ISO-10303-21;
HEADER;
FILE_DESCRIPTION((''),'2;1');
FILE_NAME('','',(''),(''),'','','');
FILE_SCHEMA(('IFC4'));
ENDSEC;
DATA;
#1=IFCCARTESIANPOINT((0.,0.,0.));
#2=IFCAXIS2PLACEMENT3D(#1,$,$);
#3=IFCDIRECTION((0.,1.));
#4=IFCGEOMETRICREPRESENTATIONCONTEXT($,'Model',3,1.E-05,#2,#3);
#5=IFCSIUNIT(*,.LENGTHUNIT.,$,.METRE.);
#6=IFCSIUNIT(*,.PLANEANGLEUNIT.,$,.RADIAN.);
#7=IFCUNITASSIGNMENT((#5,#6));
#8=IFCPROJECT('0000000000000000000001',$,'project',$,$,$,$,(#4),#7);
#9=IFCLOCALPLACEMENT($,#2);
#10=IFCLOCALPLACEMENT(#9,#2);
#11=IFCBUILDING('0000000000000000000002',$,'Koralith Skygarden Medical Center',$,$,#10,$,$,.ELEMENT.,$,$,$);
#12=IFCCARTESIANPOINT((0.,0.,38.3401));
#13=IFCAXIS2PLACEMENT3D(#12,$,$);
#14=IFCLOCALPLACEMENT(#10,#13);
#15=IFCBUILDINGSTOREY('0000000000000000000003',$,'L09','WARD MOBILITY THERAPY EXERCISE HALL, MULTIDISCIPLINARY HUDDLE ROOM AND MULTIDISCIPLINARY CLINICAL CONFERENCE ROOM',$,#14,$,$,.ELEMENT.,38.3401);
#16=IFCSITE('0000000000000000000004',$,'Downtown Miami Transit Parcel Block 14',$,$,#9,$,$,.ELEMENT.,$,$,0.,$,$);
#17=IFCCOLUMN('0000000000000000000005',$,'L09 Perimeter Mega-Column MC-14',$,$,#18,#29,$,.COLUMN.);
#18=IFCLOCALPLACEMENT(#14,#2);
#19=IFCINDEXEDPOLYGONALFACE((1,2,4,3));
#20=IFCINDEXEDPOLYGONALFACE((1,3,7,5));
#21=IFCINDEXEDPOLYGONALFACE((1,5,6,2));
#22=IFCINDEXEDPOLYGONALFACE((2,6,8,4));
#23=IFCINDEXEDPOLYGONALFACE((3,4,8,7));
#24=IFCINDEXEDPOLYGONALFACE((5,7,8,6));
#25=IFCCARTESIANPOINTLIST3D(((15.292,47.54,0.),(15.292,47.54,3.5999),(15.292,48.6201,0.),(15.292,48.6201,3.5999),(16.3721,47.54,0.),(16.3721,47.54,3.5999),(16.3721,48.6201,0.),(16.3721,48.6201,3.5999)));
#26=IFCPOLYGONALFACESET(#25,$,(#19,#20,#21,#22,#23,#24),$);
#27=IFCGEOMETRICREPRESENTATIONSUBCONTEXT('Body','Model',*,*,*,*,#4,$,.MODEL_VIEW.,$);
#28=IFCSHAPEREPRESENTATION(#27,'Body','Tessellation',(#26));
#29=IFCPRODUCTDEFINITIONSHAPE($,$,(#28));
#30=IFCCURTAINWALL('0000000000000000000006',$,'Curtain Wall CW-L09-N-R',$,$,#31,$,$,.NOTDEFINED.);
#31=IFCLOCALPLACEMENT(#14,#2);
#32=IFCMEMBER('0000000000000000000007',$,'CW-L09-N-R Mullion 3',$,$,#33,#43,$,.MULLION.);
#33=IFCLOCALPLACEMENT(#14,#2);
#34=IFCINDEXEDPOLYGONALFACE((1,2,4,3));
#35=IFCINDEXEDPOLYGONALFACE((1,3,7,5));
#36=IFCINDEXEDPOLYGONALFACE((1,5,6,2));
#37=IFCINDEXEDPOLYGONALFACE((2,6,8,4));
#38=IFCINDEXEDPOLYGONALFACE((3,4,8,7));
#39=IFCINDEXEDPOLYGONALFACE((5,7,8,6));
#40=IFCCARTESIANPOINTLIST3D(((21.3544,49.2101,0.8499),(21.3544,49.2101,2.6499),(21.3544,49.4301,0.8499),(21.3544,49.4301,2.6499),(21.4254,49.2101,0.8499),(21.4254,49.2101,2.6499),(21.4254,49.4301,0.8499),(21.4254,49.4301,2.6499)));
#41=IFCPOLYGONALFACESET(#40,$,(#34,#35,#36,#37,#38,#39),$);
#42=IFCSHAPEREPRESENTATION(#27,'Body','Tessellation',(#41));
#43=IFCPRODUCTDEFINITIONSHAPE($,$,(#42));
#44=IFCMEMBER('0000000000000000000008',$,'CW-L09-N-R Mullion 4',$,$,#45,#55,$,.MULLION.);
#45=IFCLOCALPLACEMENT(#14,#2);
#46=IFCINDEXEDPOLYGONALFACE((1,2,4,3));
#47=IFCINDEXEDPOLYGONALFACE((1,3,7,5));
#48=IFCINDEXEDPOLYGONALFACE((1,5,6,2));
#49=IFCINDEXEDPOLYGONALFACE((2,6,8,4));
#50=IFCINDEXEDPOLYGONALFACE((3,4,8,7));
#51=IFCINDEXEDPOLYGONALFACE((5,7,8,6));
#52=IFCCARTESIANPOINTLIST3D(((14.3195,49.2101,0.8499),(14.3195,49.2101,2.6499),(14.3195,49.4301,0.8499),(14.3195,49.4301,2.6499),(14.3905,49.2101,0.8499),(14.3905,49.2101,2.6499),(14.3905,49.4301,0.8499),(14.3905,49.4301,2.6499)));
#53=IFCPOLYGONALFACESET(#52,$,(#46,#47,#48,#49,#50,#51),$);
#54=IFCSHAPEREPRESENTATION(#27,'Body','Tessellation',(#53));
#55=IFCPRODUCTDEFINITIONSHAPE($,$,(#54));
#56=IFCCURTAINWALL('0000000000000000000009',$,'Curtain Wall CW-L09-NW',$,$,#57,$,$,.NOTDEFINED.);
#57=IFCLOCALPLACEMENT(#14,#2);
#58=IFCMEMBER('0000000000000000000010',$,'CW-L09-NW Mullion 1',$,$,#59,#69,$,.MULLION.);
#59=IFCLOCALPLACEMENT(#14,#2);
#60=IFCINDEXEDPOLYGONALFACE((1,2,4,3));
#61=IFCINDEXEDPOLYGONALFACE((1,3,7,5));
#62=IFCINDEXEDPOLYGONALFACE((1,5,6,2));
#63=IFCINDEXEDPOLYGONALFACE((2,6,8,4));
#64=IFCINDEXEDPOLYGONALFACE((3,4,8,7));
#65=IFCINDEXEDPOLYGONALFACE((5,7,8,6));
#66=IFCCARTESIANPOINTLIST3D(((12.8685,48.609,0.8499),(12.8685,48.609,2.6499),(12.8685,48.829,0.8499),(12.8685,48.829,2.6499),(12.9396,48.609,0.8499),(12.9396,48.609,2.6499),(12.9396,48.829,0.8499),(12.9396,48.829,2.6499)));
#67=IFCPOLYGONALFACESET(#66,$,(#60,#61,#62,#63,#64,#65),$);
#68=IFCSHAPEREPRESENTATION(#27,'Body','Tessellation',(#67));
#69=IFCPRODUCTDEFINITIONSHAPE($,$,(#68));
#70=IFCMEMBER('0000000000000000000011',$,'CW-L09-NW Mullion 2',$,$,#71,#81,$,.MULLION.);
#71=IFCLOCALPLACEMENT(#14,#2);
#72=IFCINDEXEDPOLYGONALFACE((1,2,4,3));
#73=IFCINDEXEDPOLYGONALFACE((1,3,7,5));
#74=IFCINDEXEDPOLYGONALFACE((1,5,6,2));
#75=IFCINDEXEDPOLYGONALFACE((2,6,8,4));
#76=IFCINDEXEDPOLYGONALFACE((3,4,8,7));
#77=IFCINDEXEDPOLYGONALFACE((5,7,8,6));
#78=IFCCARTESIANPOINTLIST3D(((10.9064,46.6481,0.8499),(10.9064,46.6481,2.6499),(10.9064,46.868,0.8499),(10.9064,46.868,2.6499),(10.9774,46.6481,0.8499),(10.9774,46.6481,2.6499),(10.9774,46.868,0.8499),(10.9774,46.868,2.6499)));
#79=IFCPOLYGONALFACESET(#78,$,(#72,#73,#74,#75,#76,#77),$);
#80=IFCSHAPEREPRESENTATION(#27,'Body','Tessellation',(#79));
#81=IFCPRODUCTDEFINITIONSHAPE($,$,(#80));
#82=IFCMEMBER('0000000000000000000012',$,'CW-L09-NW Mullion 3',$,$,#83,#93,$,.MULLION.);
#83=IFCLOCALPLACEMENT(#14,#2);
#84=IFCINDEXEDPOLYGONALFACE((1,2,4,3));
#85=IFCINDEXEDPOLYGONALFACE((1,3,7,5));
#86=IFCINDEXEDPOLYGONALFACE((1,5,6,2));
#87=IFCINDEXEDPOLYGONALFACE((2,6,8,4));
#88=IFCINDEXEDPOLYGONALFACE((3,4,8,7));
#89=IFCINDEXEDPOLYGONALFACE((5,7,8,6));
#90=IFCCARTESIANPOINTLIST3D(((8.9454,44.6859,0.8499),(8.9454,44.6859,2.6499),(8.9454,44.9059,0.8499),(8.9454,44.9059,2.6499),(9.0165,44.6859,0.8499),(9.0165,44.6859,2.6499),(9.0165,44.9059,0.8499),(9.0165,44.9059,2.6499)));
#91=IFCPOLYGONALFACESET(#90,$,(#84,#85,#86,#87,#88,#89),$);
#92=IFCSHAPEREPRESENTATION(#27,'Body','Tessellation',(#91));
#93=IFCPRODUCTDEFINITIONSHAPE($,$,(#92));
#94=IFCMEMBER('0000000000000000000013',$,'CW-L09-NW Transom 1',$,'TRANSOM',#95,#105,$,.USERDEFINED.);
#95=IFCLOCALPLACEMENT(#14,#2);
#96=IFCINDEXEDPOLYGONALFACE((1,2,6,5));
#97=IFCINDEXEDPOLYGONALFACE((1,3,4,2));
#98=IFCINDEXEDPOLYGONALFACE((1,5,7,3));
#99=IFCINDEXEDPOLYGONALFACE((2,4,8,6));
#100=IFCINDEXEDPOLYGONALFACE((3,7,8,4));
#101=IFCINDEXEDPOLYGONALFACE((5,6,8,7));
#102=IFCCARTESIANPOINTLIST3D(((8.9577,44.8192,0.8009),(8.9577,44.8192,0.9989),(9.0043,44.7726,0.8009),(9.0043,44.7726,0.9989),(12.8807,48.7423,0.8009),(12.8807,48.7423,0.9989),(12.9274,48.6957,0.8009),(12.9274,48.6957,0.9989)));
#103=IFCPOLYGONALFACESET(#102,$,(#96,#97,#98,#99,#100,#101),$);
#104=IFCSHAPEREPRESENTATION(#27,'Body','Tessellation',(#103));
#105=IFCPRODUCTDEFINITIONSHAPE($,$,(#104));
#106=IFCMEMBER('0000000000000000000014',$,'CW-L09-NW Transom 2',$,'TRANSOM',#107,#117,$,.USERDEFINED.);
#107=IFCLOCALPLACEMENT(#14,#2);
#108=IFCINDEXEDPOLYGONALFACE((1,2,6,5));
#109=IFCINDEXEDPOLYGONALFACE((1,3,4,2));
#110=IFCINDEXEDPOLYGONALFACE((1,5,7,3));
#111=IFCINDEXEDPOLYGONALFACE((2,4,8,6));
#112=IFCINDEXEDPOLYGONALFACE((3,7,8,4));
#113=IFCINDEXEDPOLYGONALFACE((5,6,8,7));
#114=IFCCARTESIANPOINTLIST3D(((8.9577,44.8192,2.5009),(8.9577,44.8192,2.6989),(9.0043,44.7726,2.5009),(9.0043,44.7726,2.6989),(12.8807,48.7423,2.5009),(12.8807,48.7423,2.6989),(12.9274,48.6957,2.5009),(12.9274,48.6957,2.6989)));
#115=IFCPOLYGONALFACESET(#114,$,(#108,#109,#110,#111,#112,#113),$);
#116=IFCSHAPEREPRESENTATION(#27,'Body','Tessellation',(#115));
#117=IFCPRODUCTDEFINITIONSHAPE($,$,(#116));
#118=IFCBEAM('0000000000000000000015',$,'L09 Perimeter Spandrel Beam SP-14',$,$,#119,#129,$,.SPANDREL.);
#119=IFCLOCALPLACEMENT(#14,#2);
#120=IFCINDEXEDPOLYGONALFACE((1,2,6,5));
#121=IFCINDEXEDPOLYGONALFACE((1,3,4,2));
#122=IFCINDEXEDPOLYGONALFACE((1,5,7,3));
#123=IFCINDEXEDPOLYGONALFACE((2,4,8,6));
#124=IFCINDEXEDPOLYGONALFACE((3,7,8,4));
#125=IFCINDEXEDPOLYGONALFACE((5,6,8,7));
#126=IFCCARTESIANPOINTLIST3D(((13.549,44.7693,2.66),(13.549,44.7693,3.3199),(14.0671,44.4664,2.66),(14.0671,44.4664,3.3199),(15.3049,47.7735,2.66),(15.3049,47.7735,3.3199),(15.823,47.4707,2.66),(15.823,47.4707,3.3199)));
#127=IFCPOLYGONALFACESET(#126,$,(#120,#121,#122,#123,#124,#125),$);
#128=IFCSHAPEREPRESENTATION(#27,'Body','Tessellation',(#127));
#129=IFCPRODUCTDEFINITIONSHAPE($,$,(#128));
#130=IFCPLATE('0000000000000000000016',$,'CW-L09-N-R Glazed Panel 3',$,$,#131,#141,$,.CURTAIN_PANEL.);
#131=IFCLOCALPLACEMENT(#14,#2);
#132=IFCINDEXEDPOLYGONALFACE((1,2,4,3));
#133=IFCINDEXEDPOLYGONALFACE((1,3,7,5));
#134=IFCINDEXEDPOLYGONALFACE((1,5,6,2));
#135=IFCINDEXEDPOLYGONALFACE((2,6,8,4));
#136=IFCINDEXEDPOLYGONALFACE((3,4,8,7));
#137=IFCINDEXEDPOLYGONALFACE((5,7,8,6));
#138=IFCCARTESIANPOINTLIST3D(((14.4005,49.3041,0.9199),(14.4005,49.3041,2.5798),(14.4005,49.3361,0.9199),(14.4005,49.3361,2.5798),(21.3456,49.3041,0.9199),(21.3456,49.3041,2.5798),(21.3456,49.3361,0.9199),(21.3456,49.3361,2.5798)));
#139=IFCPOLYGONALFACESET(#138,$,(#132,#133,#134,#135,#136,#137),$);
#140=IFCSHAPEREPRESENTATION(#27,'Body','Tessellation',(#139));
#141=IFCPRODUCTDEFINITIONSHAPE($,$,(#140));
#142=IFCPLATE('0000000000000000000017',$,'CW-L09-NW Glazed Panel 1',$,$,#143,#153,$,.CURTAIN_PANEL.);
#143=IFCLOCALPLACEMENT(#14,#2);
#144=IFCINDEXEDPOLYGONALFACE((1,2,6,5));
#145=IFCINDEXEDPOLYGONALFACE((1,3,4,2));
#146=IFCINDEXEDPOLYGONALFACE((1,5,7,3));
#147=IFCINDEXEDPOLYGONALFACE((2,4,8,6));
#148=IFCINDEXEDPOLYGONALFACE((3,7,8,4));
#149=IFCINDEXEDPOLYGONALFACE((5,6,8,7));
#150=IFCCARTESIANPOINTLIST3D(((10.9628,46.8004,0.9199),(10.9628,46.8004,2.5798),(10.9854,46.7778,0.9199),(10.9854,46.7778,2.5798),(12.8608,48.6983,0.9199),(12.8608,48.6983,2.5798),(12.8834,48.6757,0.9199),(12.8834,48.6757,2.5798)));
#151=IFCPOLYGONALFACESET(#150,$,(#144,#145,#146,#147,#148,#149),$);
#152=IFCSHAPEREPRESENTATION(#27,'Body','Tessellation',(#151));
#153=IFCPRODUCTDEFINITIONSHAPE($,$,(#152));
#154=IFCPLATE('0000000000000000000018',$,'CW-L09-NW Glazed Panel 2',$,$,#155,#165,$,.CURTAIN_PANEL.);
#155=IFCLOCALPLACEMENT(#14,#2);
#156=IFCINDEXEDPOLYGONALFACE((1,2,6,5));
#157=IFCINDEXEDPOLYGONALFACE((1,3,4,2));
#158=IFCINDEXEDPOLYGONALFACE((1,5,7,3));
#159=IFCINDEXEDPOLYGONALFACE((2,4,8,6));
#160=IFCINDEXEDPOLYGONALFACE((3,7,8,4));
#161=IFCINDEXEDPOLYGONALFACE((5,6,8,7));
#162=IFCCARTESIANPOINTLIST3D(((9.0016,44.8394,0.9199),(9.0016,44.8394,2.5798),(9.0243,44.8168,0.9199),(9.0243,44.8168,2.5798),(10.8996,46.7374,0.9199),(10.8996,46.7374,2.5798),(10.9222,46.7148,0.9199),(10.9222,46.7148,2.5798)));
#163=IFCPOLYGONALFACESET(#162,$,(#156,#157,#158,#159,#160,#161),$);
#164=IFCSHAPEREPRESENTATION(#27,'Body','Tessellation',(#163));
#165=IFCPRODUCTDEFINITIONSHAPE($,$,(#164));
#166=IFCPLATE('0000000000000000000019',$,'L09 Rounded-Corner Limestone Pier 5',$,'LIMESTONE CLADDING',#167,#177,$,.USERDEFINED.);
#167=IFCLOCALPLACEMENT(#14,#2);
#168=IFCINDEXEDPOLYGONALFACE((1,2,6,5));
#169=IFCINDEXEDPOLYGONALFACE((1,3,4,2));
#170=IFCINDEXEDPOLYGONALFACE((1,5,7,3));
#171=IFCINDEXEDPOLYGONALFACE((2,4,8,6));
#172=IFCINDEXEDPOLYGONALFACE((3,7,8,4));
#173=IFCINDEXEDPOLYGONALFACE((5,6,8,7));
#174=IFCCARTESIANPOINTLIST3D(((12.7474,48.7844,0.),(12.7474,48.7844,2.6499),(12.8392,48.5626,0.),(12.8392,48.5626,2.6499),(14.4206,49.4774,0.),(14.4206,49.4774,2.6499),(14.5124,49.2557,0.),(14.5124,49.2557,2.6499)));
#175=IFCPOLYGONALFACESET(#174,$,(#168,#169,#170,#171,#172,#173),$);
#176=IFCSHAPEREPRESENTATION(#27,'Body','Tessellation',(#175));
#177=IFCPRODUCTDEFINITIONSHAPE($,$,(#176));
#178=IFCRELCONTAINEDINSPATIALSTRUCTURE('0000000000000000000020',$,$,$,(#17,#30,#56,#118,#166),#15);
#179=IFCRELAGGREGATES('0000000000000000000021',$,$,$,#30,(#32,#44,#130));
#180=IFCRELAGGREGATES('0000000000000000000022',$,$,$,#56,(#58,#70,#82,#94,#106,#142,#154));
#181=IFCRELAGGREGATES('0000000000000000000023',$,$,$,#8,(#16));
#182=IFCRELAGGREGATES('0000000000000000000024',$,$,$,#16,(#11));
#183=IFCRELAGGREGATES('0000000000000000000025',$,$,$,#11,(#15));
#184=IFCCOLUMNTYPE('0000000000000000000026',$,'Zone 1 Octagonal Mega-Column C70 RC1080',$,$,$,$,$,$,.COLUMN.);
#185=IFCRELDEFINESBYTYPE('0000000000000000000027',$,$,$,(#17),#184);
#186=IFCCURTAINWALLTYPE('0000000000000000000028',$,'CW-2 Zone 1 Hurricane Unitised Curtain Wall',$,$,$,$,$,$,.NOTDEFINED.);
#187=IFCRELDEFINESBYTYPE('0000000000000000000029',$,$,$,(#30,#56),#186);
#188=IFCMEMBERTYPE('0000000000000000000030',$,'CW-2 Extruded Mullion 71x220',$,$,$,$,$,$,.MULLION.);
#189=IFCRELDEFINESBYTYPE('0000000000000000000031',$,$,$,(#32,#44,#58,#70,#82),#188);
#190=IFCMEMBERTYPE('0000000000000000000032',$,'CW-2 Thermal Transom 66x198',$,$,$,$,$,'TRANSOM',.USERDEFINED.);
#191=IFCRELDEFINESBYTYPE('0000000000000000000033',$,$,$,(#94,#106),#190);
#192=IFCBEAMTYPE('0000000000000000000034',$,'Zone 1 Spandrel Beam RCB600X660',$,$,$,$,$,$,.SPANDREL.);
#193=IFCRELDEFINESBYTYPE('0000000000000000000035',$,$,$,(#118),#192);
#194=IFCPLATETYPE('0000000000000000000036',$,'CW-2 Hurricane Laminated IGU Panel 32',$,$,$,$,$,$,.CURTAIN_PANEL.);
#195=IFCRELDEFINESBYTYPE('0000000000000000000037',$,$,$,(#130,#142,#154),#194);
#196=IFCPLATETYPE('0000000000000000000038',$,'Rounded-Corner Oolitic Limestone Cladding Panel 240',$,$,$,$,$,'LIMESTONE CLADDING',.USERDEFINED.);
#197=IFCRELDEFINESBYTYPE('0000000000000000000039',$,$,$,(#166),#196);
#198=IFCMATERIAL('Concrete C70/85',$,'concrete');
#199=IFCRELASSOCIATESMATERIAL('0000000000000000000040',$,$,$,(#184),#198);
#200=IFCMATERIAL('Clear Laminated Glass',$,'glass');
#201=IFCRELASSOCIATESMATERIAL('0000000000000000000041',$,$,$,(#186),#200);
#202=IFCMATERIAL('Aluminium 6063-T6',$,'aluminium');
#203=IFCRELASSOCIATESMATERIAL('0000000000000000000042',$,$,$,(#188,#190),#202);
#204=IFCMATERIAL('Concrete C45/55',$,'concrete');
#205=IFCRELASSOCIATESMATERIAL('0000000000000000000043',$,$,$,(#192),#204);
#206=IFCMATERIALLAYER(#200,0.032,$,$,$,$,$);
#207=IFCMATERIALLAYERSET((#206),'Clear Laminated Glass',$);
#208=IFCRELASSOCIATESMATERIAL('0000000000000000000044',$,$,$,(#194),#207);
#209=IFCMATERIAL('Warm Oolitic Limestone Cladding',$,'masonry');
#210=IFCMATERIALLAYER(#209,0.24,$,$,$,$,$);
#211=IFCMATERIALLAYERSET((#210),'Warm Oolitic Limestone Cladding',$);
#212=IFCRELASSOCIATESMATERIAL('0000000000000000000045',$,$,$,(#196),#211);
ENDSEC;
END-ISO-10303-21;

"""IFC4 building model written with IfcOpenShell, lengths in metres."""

from ifc_helpers import new_model, si_unit, direction, frame, origin, origin_2d, place, context, subcontext, project, spatial, rectangle, extrude, material, layer, layer_set, material_profile, profile_set, type_object, element, aggregate, save


model = new_model("IFC4")

# Units and contexts
model_context = context("Model", 3, precision=1e-05, world=origin(), true_north=direction((0.0, 1.0)))
body_context = subcontext(model_context, "Body", "Model", "MODEL_VIEW")
ifc_project = project(units=[si_unit("LENGTHUNIT", "METRE"), si_unit("PLANEANGLEUNIT", "RADIAN")], contexts=[model_context])

# Site, building, storey
site_placement = place(None, origin())
site = spatial("IfcSite", under=ifc_project, at=site_placement, Name="Downtown Miami Transit Parcel Block 14", CompositionType="ELEMENT", RefElevation=0.0)
building_placement = place(site_placement, origin())
building = spatial("IfcBuilding", under=site, at=building_placement, Name="Koralith Skygarden Medical Center", CompositionType="ELEMENT")
storey_placement = place(building_placement, frame((0.0, 0.0, 38.3401)))
storey = spatial("IfcBuildingStorey", under=building, at=storey_placement, Name="L09", Description="WARD MOBILITY THERAPY EXERCISE HALL, MULTIDISCIPLINARY HUDDLE ROOM AND MULTIDISCIPLINARY CLINICAL CONFERENCE ROOM", CompositionType="ELEMENT", Elevation=38.3401)

# Column
ifc_material_1 = material(Name="Concrete C70/85", Category="concrete")
ifc_material_profile_1 = material_profile(ifc_material_1, rectangle(XDim=1.0801, YDim=1.0801, at=origin_2d()), Name="RC1080X1080")
ifc_profile_set_1 = profile_set([ifc_material_profile_1], Name="Concrete C70/85")
column_type = type_object("IfcColumnType", Name="Zone 1 Octagonal Mega-Column C70 RC1080", PredefinedType="COLUMN", material=ifc_profile_set_1)
column_placement = place(storey_placement, frame((15.832, 48.0801, 0.0), z_axis=(0.0, 0.0, 1.0), x_axis=(1.0, 0.0, 0.0)))
element("IfcColumn", 1, at=column_placement, inside=storey, type_object=column_type, Name="L09 Perimeter Mega-Column MC-14", PredefinedType="COLUMN", context=body_context, shape_type="SweptSolid", body=[
    extrude(rectangle(XDim=1.0801, YDim=1.0801, at=origin_2d()), origin(), (0.0, 0.0, 1.0), 3.5999),
])

# Curtain walls, members
ifc_material_2 = material(Name="Clear Laminated Glass", Category="glass")
curtain_wall_type = type_object("IfcCurtainWallType", Name="CW-2 Zone 1 Hurricane Unitised Curtain Wall", PredefinedType="NOTDEFINED", material=ifc_material_2)
curtain_wall_1_placement = place(storey_placement, origin())
curtain_wall_1 = element("IfcCurtainWall", 2, at=curtain_wall_1_placement, inside=storey, type_object=curtain_wall_type, Name="Curtain Wall CW-L09-N-R", PredefinedType="NOTDEFINED")
ifc_material_3 = material(Name="Aluminium 6063-T6", Category="aluminium")
ifc_material_profile_2 = material_profile(ifc_material_3, rectangle(XDim=0.071, YDim=0.22, at=origin_2d()), Name="MUL71X220")
ifc_profile_set_2 = profile_set([ifc_material_profile_2], Name="Aluminium 6063-T6")
member_type_1 = type_object("IfcMemberType", Name="CW-2 Extruded Mullion 71x220", PredefinedType="MULLION", material=ifc_profile_set_2)
member_1_placement = place(storey_placement, frame((21.3899, 49.3201, 0.8499), z_axis=(0.0, 0.0, 1.0), x_axis=(1.0, 0.0, 0.0)))
member_1 = element("IfcMember", 3, at=member_1_placement, type_object=member_type_1, Name="CW-L09-N-R Mullion 3", PredefinedType="MULLION", context=body_context, shape_type="SweptSolid", body=[
    extrude(rectangle(XDim=0.071, YDim=0.22, at=origin_2d()), origin(), (0.0, 0.0, 1.0), 1.8),
])
member_2_placement = place(storey_placement, frame((14.355, 49.3201, 0.8499), z_axis=(0.0, 0.0, 1.0), x_axis=(1.0, 0.0, 0.0)))
member_2 = element("IfcMember", 4, at=member_2_placement, type_object=member_type_1, Name="CW-L09-N-R Mullion 4", PredefinedType="MULLION", context=body_context, shape_type="SweptSolid", body=[
    extrude(rectangle(XDim=0.071, YDim=0.22, at=origin_2d()), origin(), (0.0, 0.0, 1.0), 1.8),
])
curtain_wall_2_placement = place(storey_placement, origin())
curtain_wall_2 = element("IfcCurtainWall", 5, at=curtain_wall_2_placement, inside=storey, type_object=curtain_wall_type, Name="Curtain Wall CW-L09-NW", PredefinedType="NOTDEFINED")
member_3_placement = place(storey_placement, frame((12.9041, 48.719, 0.8499), z_axis=(0.0, 0.0, 1.0), x_axis=(1.0, 0.0, 0.0)))
member_3 = element("IfcMember", 6, at=member_3_placement, type_object=member_type_1, Name="CW-L09-NW Mullion 1", PredefinedType="MULLION", context=body_context, shape_type="SweptSolid", body=[
    extrude(rectangle(XDim=0.071, YDim=0.22, at=origin_2d()), origin(), (0.0, 0.0, 1.0), 1.8),
])
member_4_placement = place(storey_placement, frame((10.9419, 46.7581, 0.8499), z_axis=(0.0, 0.0, 1.0), x_axis=(1.0, 0.0, 0.0)))
member_4 = element("IfcMember", 7, at=member_4_placement, type_object=member_type_1, Name="CW-L09-NW Mullion 2", PredefinedType="MULLION", context=body_context, shape_type="SweptSolid", body=[
    extrude(rectangle(XDim=0.071, YDim=0.22, at=origin_2d()), origin(), (0.0, 0.0, 1.0), 1.8),
])
member_5_placement = place(storey_placement, frame((8.981, 44.7959, 0.8499), z_axis=(0.0, 0.0, 1.0), x_axis=(1.0, 0.0, 0.0)))
member_5 = element("IfcMember", 8, at=member_5_placement, type_object=member_type_1, Name="CW-L09-NW Mullion 3", PredefinedType="MULLION", context=body_context, shape_type="SweptSolid", body=[
    extrude(rectangle(XDim=0.071, YDim=0.22, at=origin_2d()), origin(), (0.0, 0.0, 1.0), 1.8),
])
ifc_material_profile_3 = material_profile(ifc_material_3, rectangle(XDim=0.0659, YDim=0.198, at=origin_2d()), Name="TRN66X198")
ifc_profile_set_3 = profile_set([ifc_material_profile_3], Name="Aluminium 6063-T6")
member_type_2 = type_object("IfcMemberType", Name="CW-2 Thermal Transom 66x198", ElementType="TRANSOM", PredefinedType="USERDEFINED", material=ifc_profile_set_3)
member_6_placement = place(storey_placement, frame((12.9041, 48.719, 0.8999), z_axis=(-0.707107, -0.707107, 0.0), x_axis=(0.707107, -0.707107, 0.0)))
member_6 = element("IfcMember", 9, at=member_6_placement, type_object=member_type_2, Name="CW-L09-NW Transom 1", ObjectType="TRANSOM", PredefinedType="USERDEFINED", context=body_context, shape_type="SweptSolid", body=[
    extrude(rectangle(XDim=0.0659, YDim=0.198, at=origin_2d()), origin(), (0.0, 0.0, 1.0), 5.5481),
])
member_7_placement = place(storey_placement, frame((12.9041, 48.719, 2.5999), z_axis=(-0.707107, -0.707107, 0.0), x_axis=(0.707107, -0.707107, 0.0)))
member_7 = element("IfcMember", 10, at=member_7_placement, type_object=member_type_2, Name="CW-L09-NW Transom 2", ObjectType="TRANSOM", PredefinedType="USERDEFINED", context=body_context, shape_type="SweptSolid", body=[
    extrude(rectangle(XDim=0.0659, YDim=0.198, at=origin_2d()), origin(), (0.0, 0.0, 1.0), 5.5481),
])

# Beam
ifc_material_4 = material(Name="Concrete C45/55", Category="concrete")
ifc_material_profile_4 = material_profile(ifc_material_4, rectangle(XDim=0.6001, YDim=0.6599, at=origin_2d()), Name="RCB600X660")
ifc_profile_set_4 = profile_set([ifc_material_profile_4], Name="Concrete C45/55")
beam_type = type_object("IfcBeamType", Name="Zone 1 Spandrel Beam RCB600X660", PredefinedType="SPANDREL", material=ifc_profile_set_4)
beam_placement = place(storey_placement, frame((15.564, 47.6221, 2.99), z_axis=(-0.504608, -0.863349, 0.0), x_axis=(0.863349, -0.504608, 0.0)))
element("IfcBeam", 11, at=beam_placement, inside=storey, type_object=beam_type, Name="L09 Perimeter Spandrel Beam SP-14", PredefinedType="SPANDREL", context=body_context, shape_type="SweptSolid", body=[
    extrude(rectangle(XDim=0.6001, YDim=0.6599, at=origin_2d()), origin(), (0.0, 0.0, 1.0), 3.4797),
])

# Plates
ifc_layer_1 = layer(ifc_material_2, 0.032)
ifc_layer_set_1 = layer_set([ifc_layer_1], Name="Clear Laminated Glass")
plate_type_1 = type_object("IfcPlateType", Name="CW-2 Hurricane Laminated IGU Panel 32", PredefinedType="CURTAIN_PANEL", material=ifc_layer_set_1)
plate_1_placement = place(storey_placement, frame((17.873, 49.3201, 0.9199), z_axis=(0.0, 0.0, 1.0), x_axis=(-1.0, 0.0, 0.0)))
plate_1 = element("IfcPlate", 12, at=plate_1_placement, type_object=plate_type_1, Name="CW-L09-N-R Glazed Panel 3", PredefinedType="CURTAIN_PANEL", context=body_context, shape_type="SweptSolid", body=[
    extrude(rectangle(XDim=6.9451, YDim=0.032, at=origin_2d()), origin(), (0.0, 0.0, 1.0), 1.6599),
])
aggregate(curtain_wall_1, [member_1, member_2, plate_1])
plate_2_placement = place(storey_placement, frame((11.9231, 47.738, 0.9199), z_axis=(0.0, 0.0, 1.0), x_axis=(-0.707107, -0.707107, 0.0)))
plate_2 = element("IfcPlate", 13, at=plate_2_placement, type_object=plate_type_1, Name="CW-L09-NW Glazed Panel 1", PredefinedType="CURTAIN_PANEL", context=body_context, shape_type="SweptSolid", body=[
    extrude(rectangle(XDim=2.6841, YDim=0.032, at=origin_2d()), origin(), (0.0, 0.0, 1.0), 1.6599),
])
plate_3_placement = place(storey_placement, frame((9.9619, 45.7771, 0.9199), z_axis=(0.0, 0.0, 1.0), x_axis=(-0.707107, -0.707107, 0.0)))
plate_3 = element("IfcPlate", 14, at=plate_3_placement, type_object=plate_type_1, Name="CW-L09-NW Glazed Panel 2", PredefinedType="CURTAIN_PANEL", context=body_context, shape_type="SweptSolid", body=[
    extrude(rectangle(XDim=2.6841, YDim=0.032, at=origin_2d()), origin(), (0.0, 0.0, 1.0), 1.6599),
])
aggregate(curtain_wall_2, [member_3, member_4, member_5, member_6, member_7, plate_2, plate_3])
ifc_material_5 = material(Name="Warm Oolitic Limestone Cladding", Category="masonry")
ifc_layer_2 = layer(ifc_material_5, 0.24)
ifc_layer_set_2 = layer_set([ifc_layer_2], Name="Warm Oolitic Limestone Cladding")
plate_type_2 = type_object("IfcPlateType", Name="Rounded-Corner Oolitic Limestone Cladding Panel 240", ElementType="LIMESTONE CLADDING", PredefinedType="USERDEFINED", material=ifc_layer_set_2)
plate_4_placement = place(storey_placement, frame((13.6299, 49.02, 0.0), z_axis=(0.0, 0.0, 1.0), x_axis=(-0.923885, -0.382671, 0.0)))
element("IfcPlate", 15, at=plate_4_placement, inside=storey, type_object=plate_type_2, Name="L09 Rounded-Corner Limestone Pier 5", ObjectType="LIMESTONE CLADDING", PredefinedType="USERDEFINED", context=body_context, shape_type="SweptSolid", body=[
    extrude(rectangle(XDim=1.811, YDim=0.24, at=origin_2d()), origin(), (0.0, 0.0, 1.0), 2.6499),
])

save(model, "model.ifc")
